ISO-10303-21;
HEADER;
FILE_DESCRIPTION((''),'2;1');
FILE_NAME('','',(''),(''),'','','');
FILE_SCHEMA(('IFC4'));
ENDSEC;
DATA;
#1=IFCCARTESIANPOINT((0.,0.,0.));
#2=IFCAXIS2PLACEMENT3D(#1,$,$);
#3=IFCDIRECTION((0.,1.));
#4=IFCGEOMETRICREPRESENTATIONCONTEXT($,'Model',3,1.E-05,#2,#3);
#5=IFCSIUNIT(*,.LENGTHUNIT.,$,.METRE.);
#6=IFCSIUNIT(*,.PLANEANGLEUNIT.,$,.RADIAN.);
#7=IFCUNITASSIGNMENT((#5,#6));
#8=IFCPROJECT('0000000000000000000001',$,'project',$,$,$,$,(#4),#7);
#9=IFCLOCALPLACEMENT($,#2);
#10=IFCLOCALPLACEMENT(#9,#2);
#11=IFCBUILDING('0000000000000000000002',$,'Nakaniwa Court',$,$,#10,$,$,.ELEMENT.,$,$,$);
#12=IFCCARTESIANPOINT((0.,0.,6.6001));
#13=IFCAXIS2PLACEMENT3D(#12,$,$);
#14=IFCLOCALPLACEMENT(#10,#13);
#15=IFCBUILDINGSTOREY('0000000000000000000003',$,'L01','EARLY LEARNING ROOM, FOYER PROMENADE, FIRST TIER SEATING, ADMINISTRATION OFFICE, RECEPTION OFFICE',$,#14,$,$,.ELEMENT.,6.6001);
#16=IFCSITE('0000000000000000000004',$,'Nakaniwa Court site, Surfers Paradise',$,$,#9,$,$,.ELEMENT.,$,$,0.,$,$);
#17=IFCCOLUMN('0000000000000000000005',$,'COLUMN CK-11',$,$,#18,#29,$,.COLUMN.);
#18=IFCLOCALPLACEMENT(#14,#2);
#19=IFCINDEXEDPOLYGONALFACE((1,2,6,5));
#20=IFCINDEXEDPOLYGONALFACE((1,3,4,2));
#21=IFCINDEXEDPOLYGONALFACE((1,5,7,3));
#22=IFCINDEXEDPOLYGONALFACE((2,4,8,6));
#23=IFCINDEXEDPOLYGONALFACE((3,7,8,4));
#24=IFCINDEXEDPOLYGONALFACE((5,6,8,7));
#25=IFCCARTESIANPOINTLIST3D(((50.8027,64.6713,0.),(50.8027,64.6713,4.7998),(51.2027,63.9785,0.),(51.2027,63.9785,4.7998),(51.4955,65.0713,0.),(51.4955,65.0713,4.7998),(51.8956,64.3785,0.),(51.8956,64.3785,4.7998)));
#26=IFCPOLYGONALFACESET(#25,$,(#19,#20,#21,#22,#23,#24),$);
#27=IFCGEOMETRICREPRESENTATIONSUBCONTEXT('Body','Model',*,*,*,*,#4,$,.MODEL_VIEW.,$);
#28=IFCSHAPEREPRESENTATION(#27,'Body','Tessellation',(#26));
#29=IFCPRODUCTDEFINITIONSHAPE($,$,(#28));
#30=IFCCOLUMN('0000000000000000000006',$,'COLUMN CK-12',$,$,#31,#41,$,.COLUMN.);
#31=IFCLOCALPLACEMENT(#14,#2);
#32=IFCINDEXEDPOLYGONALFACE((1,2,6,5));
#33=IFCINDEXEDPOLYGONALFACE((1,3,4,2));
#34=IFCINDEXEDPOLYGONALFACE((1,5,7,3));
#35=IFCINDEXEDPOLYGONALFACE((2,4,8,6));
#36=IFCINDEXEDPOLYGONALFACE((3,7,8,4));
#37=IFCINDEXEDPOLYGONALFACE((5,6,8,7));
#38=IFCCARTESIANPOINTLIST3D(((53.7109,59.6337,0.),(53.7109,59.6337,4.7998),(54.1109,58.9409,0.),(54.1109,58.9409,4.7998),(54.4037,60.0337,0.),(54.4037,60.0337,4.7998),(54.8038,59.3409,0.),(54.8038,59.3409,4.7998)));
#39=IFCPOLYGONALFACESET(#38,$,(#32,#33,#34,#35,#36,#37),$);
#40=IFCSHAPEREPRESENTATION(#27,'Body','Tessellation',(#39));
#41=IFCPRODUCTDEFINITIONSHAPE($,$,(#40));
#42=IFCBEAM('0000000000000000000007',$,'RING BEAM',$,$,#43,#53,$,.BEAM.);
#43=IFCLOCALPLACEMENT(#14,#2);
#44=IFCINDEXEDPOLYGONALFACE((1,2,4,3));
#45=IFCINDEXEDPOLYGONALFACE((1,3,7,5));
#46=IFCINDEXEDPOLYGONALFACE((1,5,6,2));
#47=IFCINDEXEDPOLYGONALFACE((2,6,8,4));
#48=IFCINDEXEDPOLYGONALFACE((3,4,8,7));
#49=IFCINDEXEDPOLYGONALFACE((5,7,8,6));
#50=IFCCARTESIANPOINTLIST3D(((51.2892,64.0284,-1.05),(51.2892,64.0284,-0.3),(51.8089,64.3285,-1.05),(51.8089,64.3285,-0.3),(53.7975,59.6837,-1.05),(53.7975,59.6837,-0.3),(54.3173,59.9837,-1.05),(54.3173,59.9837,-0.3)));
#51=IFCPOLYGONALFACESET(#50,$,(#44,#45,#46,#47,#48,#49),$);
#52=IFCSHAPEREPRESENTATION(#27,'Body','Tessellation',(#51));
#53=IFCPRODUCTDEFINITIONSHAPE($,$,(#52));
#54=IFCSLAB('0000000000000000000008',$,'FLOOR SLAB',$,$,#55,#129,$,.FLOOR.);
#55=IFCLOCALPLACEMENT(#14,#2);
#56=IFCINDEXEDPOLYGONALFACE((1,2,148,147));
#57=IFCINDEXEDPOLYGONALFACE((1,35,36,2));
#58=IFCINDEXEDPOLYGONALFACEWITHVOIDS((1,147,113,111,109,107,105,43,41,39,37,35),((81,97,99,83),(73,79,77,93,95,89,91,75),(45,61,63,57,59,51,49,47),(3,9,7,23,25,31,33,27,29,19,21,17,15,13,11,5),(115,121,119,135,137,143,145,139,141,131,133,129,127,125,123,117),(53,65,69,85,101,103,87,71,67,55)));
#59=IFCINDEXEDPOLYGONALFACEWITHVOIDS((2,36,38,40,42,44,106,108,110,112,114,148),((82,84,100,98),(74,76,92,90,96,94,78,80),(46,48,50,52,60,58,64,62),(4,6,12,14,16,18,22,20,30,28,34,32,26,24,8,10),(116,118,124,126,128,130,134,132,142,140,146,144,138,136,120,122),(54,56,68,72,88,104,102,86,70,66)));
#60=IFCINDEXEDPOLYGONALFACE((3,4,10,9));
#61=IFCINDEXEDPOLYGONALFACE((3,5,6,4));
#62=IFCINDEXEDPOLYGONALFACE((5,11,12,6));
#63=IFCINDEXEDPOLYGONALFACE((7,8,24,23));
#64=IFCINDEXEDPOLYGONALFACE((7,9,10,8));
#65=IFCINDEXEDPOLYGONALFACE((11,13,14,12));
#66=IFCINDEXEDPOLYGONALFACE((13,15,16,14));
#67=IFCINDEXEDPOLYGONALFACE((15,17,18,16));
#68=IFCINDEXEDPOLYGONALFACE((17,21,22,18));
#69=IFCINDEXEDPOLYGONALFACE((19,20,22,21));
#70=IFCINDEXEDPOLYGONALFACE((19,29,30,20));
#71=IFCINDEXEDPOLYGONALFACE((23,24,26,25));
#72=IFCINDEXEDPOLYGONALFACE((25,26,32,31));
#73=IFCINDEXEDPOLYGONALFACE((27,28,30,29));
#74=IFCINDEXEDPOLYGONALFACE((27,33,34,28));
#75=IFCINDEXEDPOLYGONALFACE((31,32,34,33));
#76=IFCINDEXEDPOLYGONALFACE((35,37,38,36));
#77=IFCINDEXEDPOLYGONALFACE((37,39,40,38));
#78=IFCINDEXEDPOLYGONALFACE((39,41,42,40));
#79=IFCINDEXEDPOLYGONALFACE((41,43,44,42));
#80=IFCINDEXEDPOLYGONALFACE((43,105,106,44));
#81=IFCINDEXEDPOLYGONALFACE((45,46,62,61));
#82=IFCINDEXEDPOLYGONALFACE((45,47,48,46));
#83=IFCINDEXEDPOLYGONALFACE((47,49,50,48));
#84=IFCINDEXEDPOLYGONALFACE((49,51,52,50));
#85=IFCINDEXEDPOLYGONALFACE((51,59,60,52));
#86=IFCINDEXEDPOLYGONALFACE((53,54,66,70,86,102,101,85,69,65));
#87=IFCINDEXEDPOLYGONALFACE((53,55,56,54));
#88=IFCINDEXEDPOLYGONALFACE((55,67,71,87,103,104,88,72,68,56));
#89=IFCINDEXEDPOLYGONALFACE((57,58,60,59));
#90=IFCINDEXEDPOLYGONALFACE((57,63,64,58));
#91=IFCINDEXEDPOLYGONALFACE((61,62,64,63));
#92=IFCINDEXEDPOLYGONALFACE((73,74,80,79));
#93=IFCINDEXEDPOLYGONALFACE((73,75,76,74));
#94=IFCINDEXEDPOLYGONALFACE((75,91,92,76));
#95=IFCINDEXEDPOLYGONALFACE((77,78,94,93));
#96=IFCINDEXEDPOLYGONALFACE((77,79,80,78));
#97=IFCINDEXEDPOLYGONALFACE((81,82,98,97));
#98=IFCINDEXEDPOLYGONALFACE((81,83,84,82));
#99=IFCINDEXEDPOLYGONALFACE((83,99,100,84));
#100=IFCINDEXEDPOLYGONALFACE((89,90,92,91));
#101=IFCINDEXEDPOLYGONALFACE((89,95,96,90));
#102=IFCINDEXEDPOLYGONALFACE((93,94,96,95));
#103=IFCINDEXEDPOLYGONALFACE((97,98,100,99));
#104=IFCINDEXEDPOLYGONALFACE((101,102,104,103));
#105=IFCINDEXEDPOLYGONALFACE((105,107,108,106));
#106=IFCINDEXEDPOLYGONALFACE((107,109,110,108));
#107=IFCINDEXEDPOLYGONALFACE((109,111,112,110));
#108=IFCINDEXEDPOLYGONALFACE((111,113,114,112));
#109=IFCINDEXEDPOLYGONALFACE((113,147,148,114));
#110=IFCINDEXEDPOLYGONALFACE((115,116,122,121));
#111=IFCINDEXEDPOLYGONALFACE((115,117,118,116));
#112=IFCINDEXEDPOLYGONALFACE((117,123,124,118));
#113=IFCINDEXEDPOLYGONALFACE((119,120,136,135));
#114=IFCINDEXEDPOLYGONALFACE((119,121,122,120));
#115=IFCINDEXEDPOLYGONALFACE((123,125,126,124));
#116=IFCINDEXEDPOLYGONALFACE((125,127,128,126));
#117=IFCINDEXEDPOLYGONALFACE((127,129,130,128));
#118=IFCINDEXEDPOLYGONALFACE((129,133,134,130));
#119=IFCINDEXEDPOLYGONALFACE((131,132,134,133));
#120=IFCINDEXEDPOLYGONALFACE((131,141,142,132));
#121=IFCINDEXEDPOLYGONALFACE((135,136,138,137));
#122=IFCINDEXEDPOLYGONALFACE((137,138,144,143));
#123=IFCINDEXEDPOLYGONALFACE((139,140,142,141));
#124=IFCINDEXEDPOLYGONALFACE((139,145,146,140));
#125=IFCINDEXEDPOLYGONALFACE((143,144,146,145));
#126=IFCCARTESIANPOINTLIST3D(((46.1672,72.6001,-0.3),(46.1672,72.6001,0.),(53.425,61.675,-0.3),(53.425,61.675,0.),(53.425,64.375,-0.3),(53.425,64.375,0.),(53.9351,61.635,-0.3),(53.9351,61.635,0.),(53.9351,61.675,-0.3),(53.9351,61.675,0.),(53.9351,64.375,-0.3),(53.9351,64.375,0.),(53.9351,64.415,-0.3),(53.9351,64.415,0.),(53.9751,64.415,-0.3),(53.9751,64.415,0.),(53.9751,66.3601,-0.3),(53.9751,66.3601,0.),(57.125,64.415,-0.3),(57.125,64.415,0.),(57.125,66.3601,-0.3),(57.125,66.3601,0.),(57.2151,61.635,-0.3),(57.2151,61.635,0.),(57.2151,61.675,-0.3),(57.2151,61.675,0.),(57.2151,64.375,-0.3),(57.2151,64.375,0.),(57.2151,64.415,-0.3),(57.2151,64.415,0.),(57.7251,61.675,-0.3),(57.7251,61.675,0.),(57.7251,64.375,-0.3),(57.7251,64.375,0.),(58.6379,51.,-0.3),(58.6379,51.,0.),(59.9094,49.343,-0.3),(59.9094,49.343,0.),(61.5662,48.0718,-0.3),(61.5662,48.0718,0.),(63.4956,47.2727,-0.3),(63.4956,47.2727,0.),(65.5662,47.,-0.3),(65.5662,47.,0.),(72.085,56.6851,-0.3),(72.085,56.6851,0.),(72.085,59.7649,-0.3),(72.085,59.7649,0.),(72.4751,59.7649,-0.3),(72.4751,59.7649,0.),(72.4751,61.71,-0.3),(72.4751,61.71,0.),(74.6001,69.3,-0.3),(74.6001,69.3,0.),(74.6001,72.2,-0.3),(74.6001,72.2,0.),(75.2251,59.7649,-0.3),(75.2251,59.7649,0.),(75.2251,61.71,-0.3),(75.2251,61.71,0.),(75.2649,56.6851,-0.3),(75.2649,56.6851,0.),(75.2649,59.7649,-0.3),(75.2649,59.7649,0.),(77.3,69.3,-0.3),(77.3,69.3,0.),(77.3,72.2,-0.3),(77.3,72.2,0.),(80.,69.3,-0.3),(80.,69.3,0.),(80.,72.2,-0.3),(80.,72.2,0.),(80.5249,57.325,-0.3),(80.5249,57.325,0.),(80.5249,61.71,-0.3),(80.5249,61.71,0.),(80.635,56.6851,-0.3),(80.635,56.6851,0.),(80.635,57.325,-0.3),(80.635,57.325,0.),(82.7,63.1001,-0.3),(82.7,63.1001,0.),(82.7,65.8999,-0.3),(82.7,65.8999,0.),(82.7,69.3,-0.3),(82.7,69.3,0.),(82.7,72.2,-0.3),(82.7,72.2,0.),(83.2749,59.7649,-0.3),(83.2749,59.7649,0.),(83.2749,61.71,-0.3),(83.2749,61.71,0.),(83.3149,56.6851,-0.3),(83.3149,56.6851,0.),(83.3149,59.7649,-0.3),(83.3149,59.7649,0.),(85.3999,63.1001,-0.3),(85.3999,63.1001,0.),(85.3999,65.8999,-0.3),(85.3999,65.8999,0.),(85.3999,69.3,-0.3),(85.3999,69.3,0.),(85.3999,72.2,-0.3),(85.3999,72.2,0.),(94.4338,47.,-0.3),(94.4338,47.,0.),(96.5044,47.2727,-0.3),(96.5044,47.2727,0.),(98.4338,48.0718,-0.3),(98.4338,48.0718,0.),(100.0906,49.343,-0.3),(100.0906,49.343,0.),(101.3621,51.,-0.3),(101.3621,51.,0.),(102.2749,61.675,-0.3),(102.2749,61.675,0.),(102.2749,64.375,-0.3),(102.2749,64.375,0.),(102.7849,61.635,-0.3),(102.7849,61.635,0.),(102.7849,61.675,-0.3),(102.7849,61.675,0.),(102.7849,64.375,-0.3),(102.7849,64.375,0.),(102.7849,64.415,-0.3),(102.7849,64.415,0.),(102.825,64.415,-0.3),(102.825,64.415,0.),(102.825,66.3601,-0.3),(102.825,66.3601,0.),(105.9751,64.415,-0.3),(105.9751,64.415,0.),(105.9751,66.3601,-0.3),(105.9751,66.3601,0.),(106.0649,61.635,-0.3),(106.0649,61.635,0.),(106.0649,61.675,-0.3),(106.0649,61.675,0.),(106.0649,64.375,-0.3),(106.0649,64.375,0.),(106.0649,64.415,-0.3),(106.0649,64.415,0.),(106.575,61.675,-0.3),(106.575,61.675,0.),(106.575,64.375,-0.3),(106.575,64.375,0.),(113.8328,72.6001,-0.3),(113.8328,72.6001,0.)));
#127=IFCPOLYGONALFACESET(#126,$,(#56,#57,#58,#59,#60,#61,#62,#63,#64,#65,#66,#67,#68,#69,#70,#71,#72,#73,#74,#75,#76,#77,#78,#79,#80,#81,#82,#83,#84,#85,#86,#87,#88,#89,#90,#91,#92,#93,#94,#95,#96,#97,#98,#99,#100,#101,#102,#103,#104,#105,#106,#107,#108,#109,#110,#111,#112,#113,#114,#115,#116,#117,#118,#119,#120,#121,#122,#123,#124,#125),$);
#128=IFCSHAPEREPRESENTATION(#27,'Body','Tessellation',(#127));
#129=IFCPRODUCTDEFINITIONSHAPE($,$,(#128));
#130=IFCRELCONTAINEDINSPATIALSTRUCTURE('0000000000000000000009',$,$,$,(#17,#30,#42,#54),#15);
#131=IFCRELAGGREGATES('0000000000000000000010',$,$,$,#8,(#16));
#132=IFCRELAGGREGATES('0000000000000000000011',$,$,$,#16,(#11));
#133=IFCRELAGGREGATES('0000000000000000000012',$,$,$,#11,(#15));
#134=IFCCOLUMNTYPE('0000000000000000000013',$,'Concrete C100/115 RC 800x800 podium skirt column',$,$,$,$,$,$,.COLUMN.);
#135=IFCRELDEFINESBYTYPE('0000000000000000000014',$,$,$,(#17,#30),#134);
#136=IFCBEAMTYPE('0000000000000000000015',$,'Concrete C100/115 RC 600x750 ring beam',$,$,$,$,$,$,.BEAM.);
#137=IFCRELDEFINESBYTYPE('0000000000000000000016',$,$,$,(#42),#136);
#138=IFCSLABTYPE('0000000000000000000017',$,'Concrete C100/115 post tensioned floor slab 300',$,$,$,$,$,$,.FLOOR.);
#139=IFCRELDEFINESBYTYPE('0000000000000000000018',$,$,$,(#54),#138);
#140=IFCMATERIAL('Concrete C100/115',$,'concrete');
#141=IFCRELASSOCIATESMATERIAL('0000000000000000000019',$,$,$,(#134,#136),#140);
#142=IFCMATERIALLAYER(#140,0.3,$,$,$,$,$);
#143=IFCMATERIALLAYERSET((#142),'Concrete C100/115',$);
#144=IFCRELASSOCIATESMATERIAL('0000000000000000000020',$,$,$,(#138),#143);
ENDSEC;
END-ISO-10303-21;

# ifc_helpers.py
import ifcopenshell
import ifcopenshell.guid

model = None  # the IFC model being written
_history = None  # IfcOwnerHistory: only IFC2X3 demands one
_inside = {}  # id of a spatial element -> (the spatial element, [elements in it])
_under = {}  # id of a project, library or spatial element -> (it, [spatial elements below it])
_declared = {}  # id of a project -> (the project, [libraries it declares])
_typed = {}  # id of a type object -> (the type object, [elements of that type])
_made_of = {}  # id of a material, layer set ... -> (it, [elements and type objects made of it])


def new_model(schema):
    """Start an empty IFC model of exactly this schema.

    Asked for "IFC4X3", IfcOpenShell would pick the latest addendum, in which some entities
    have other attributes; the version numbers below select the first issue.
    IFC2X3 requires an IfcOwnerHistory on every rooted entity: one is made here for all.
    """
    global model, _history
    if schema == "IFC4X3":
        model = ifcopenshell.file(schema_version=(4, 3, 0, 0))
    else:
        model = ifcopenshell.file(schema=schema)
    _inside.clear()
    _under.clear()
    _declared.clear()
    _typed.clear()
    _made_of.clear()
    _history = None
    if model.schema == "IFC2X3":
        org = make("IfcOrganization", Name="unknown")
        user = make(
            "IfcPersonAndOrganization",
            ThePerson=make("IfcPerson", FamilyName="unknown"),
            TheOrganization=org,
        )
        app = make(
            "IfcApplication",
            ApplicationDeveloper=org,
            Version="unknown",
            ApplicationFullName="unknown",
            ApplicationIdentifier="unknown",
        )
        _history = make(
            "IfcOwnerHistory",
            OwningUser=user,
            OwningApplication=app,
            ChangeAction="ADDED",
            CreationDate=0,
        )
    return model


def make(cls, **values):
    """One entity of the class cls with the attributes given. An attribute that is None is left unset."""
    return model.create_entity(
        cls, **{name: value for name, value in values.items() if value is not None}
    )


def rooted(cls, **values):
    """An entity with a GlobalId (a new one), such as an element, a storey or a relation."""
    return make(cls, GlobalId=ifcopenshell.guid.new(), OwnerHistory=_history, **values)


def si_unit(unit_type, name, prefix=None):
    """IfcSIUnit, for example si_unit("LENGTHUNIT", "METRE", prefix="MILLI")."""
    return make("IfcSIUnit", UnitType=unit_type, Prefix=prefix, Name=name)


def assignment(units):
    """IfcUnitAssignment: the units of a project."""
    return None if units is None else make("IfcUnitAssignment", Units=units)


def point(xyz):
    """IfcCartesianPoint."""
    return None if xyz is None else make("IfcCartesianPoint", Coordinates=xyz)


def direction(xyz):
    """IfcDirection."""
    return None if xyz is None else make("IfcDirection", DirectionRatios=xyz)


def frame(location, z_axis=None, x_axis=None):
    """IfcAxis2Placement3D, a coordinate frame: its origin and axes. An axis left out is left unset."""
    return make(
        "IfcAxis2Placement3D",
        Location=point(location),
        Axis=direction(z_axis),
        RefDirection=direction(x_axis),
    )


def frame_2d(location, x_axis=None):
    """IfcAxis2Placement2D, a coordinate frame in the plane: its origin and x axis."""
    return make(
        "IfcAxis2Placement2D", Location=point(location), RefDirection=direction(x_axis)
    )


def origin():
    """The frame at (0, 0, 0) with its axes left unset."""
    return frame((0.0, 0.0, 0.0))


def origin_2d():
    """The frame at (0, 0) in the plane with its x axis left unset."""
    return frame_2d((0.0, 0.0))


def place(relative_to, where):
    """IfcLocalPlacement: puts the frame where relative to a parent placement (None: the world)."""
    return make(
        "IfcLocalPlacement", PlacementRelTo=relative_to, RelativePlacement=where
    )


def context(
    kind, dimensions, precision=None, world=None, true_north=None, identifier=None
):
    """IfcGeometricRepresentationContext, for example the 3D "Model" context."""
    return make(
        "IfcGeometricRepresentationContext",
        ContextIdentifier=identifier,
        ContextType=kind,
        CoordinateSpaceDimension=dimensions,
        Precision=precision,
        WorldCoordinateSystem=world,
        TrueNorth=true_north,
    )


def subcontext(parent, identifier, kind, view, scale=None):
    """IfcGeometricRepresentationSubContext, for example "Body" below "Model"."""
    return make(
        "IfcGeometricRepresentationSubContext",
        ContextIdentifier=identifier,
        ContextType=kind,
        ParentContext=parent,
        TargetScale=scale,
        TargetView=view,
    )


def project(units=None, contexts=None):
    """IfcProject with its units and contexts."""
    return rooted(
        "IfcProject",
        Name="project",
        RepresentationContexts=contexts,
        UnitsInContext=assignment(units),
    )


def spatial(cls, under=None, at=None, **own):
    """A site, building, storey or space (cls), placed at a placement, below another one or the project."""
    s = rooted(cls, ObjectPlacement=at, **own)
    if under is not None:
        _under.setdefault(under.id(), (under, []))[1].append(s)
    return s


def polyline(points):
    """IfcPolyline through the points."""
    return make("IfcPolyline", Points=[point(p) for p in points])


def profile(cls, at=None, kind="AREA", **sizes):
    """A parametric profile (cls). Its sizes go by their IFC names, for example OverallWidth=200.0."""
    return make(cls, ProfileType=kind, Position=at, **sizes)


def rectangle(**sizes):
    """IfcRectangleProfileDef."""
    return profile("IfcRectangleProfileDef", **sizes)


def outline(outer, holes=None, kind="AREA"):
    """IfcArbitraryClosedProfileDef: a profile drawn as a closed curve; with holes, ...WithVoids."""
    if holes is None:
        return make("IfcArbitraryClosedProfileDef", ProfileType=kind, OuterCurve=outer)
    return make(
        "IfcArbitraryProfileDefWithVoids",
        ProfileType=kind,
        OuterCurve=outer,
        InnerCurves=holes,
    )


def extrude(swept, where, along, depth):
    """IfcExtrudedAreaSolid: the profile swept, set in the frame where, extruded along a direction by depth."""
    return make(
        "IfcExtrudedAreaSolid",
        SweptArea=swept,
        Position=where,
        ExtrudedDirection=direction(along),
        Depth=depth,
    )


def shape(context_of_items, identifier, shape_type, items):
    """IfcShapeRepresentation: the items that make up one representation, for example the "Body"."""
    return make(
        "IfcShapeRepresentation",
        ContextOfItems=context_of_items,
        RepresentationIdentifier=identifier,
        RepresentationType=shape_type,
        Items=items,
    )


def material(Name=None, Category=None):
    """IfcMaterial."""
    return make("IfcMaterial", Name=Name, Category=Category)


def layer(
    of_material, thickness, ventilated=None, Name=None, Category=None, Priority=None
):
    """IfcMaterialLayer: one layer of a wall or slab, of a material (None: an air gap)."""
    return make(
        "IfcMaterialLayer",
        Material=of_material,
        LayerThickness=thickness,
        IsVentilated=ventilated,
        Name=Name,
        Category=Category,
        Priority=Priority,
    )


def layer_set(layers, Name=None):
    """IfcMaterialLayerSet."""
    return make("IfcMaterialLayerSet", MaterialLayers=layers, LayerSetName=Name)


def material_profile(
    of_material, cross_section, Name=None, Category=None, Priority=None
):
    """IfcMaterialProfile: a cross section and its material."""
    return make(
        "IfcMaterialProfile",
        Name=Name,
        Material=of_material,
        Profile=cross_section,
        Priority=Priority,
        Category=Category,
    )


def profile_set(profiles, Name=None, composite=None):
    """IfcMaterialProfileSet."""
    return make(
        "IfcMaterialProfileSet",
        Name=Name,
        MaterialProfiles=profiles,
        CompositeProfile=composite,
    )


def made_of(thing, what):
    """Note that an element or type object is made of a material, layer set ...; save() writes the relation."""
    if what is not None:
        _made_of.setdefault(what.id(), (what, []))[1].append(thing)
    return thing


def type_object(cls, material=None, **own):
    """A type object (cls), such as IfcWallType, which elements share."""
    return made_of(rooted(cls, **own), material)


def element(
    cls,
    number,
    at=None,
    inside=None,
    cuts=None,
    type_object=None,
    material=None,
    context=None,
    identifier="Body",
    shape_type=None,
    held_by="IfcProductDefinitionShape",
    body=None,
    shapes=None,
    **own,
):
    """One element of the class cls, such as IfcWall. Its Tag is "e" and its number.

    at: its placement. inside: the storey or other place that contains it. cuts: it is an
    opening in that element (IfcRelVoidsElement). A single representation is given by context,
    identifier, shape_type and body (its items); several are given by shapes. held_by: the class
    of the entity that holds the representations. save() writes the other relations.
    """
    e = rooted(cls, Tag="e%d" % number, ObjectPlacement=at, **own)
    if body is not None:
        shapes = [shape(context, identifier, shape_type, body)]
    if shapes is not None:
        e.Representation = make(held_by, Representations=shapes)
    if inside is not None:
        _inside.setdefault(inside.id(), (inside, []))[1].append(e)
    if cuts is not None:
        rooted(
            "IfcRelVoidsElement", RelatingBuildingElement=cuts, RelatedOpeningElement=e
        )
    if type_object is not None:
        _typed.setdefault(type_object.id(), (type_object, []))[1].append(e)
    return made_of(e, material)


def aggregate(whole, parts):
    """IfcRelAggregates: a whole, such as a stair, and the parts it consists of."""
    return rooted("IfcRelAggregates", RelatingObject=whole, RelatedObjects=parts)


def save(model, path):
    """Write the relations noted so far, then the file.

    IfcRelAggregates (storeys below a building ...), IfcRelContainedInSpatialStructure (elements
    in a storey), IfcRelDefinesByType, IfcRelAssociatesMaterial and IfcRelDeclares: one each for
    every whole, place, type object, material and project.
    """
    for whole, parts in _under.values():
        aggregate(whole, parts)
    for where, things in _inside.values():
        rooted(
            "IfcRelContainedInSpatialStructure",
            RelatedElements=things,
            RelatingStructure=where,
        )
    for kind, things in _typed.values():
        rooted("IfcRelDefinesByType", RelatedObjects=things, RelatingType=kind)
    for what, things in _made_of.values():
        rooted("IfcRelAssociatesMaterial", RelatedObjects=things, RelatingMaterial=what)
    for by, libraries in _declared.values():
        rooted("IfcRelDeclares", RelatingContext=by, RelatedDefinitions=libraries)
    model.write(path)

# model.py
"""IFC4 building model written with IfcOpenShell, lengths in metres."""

from ifc_helpers import new_model, si_unit, direction, frame, origin, origin_2d, place, context, subcontext, project, spatial, polyline, rectangle, outline, extrude, material, layer, layer_set, material_profile, profile_set, type_object, element, save


model = new_model("IFC4")

# Units and contexts
model_context = context("Model", 3, precision=1e-05, world=origin(), true_north=direction((0.0, 1.0)))
body_context = subcontext(model_context, "Body", "Model", "MODEL_VIEW")
ifc_project = project(units=[si_unit("LENGTHUNIT", "METRE"), si_unit("PLANEANGLEUNIT", "RADIAN")], contexts=[model_context])

# Site, building, storey
site_placement = place(None, origin())
site = spatial("IfcSite", under=ifc_project, at=site_placement, Name="Nakaniwa Court site, Surfers Paradise", CompositionType="ELEMENT", RefElevation=0.0)
building_placement = place(site_placement, origin())
building = spatial("IfcBuilding", under=site, at=building_placement, Name="Nakaniwa Court", CompositionType="ELEMENT")
storey_placement = place(building_placement, frame((0.0, 0.0, 6.6001)))
storey = spatial("IfcBuildingStorey", under=building, at=storey_placement, Name="L01", Description="EARLY LEARNING ROOM, FOYER PROMENADE, FIRST TIER SEATING, ADMINISTRATION OFFICE, RECEPTION OFFICE", CompositionType="ELEMENT", Elevation=6.6001)

# Columns
ifc_material_1 = material(Name="Concrete C100/115", Category="concrete")
ifc_material_profile_1 = material_profile(ifc_material_1, rectangle(XDim=0.8, YDim=0.8, at=origin_2d()), Name="Concrete C100/115 RC 800x800 podium skirt column")
ifc_profile_set_1 = profile_set([ifc_material_profile_1], Name="Concrete C100/115")
column_type = type_object("IfcColumnType", Name="Concrete C100/115 RC 800x800 podium skirt column", PredefinedType="COLUMN", material=ifc_profile_set_1)
for number, where, z_axis, x_axis, name in (
    (1, (51.3491, 64.5249, 0.0), (0.0, 0.0, 1.0), (0.5, -0.866025, 0.0), "COLUMN CK-11"),
    (2, (54.2573, 59.4873, 0.0), (0.0, 0.0, 1.0), (0.5, -0.866025, 0.0), "COLUMN CK-12"),
):
    element("IfcColumn", number, at=place(storey_placement, frame(where, z_axis=z_axis, x_axis=x_axis)), inside=storey, type_object=column_type, Name=name, PredefinedType="COLUMN", context=body_context, shape_type="SweptSolid", body=[
        extrude(rectangle(XDim=0.8, YDim=0.8, at=origin_2d()), origin(), (0.0, 0.0, 1.0), 4.7998),
    ])

# Beam
ifc_material_profile_2 = material_profile(ifc_material_1, rectangle(XDim=0.6001, YDim=0.75, at=origin_2d()), Name="Concrete C100/115 RC 600x750 ring beam")
ifc_profile_set_2 = profile_set([ifc_material_profile_2], Name="Concrete C100/115")
beam_type = type_object("IfcBeamType", Name="Concrete C100/115 RC 600x750 ring beam", PredefinedType="BEAM", material=ifc_profile_set_2)
beam_placement = place(storey_placement, frame((51.5491, 64.1785, -0.675), z_axis=(0.499981, -0.866036, 0.0), x_axis=(0.866036, 0.499981, 0.0)))
element("IfcBeam", 3, at=beam_placement, inside=storey, type_object=beam_type, Name="RING BEAM", PredefinedType="BEAM", context=body_context, shape_type="SweptSolid", body=[
    extrude(rectangle(XDim=0.6001, YDim=0.75, at=origin_2d()), origin(), (0.0, 0.0, 1.0), 5.0168),
])

# Slab
ifc_layer_1 = layer(ifc_material_1, 0.3)
ifc_layer_set_1 = layer_set([ifc_layer_1], Name="Concrete C100/115")
slab_type_1 = type_object("IfcSlabType", Name="Concrete C100/115 post tensioned floor slab 300", PredefinedType="FLOOR", material=ifc_layer_set_1)
slab_1_placement = place(storey_placement, frame((0.0, 0.0, -0.3)))
element("IfcSlab", 4, at=slab_1_placement, inside=storey, type_object=slab_type_1, Name="FLOOR SLAB", PredefinedType="FLOOR", context=body_context, shape_type="SweptSolid", body=[
    extrude(outline(polyline([(101.3621, 51.0), (113.8328, 72.6001), (46.1672, 72.6001), (58.6379, 51.0), (59.9094, 49.343), (61.5662, 48.0718), (63.4956, 47.2727), (65.5662, 47.0), (94.4338, 47.0), (96.5044, 47.2727), (98.4338, 48.0718), (100.0906, 49.343), (101.3621, 51.0)]), holes=[polyline([(72.085, 59.7649), (72.085, 56.6851), (75.2649, 56.6851), (75.2649, 59.7649), (75.2251, 59.7649), (75.2251, 61.71), (72.4751, 61.71), (72.4751, 59.7649), (72.085, 59.7649)]), polyline([(53.9351, 61.675), (53.9351, 61.635), (57.2151, 61.635), (57.2151, 61.675), (57.7251, 61.675), (57.7251, 64.375), (57.2151, 64.375), (57.2151, 64.415), (57.125, 64.415), (57.125, 66.3601), (53.9751, 66.3601), (53.9751, 64.415), (53.9351, 64.415), (53.9351, 64.375), (53.425, 64.375), (53.425, 61.675), (53.9351, 61.675)]), polyline([(77.3, 69.3), (80.0, 69.3), (82.7, 69.3), (85.3999, 69.3), (85.3999, 72.2), (82.7, 72.2), (80.0, 72.2), (77.3, 72.2), (74.6001, 72.2), (74.6001, 69.3), (77.3, 69.3)]), polyline([(80.5249, 57.325), (80.635, 57.325), (80.635, 56.6851), (83.3149, 56.6851), (83.3149, 59.7649), (83.2749, 59.7649), (83.2749, 61.71), (80.5249, 61.71), (80.5249, 57.325)]), polyline([(102.7849, 61.675), (102.7849, 61.635), (106.0649, 61.635), (106.0649, 61.675), (106.575, 61.675), (106.575, 64.375), (106.0649, 64.375), (106.0649, 64.415), (105.9751, 64.415), (105.9751, 66.3601), (102.825, 66.3601), (102.825, 64.415), (102.7849, 64.415), (102.7849, 64.375), (102.2749, 64.375), (102.2749, 61.675), (102.7849, 61.675)]), polyline([(85.3999, 63.1001), (85.3999, 65.8999), (82.7, 65.8999), (82.7, 63.1001), (85.3999, 63.1001)])]), origin(), (0.0, 0.0, 1.0), 0.3),
])

save(model, "model.ifc")
